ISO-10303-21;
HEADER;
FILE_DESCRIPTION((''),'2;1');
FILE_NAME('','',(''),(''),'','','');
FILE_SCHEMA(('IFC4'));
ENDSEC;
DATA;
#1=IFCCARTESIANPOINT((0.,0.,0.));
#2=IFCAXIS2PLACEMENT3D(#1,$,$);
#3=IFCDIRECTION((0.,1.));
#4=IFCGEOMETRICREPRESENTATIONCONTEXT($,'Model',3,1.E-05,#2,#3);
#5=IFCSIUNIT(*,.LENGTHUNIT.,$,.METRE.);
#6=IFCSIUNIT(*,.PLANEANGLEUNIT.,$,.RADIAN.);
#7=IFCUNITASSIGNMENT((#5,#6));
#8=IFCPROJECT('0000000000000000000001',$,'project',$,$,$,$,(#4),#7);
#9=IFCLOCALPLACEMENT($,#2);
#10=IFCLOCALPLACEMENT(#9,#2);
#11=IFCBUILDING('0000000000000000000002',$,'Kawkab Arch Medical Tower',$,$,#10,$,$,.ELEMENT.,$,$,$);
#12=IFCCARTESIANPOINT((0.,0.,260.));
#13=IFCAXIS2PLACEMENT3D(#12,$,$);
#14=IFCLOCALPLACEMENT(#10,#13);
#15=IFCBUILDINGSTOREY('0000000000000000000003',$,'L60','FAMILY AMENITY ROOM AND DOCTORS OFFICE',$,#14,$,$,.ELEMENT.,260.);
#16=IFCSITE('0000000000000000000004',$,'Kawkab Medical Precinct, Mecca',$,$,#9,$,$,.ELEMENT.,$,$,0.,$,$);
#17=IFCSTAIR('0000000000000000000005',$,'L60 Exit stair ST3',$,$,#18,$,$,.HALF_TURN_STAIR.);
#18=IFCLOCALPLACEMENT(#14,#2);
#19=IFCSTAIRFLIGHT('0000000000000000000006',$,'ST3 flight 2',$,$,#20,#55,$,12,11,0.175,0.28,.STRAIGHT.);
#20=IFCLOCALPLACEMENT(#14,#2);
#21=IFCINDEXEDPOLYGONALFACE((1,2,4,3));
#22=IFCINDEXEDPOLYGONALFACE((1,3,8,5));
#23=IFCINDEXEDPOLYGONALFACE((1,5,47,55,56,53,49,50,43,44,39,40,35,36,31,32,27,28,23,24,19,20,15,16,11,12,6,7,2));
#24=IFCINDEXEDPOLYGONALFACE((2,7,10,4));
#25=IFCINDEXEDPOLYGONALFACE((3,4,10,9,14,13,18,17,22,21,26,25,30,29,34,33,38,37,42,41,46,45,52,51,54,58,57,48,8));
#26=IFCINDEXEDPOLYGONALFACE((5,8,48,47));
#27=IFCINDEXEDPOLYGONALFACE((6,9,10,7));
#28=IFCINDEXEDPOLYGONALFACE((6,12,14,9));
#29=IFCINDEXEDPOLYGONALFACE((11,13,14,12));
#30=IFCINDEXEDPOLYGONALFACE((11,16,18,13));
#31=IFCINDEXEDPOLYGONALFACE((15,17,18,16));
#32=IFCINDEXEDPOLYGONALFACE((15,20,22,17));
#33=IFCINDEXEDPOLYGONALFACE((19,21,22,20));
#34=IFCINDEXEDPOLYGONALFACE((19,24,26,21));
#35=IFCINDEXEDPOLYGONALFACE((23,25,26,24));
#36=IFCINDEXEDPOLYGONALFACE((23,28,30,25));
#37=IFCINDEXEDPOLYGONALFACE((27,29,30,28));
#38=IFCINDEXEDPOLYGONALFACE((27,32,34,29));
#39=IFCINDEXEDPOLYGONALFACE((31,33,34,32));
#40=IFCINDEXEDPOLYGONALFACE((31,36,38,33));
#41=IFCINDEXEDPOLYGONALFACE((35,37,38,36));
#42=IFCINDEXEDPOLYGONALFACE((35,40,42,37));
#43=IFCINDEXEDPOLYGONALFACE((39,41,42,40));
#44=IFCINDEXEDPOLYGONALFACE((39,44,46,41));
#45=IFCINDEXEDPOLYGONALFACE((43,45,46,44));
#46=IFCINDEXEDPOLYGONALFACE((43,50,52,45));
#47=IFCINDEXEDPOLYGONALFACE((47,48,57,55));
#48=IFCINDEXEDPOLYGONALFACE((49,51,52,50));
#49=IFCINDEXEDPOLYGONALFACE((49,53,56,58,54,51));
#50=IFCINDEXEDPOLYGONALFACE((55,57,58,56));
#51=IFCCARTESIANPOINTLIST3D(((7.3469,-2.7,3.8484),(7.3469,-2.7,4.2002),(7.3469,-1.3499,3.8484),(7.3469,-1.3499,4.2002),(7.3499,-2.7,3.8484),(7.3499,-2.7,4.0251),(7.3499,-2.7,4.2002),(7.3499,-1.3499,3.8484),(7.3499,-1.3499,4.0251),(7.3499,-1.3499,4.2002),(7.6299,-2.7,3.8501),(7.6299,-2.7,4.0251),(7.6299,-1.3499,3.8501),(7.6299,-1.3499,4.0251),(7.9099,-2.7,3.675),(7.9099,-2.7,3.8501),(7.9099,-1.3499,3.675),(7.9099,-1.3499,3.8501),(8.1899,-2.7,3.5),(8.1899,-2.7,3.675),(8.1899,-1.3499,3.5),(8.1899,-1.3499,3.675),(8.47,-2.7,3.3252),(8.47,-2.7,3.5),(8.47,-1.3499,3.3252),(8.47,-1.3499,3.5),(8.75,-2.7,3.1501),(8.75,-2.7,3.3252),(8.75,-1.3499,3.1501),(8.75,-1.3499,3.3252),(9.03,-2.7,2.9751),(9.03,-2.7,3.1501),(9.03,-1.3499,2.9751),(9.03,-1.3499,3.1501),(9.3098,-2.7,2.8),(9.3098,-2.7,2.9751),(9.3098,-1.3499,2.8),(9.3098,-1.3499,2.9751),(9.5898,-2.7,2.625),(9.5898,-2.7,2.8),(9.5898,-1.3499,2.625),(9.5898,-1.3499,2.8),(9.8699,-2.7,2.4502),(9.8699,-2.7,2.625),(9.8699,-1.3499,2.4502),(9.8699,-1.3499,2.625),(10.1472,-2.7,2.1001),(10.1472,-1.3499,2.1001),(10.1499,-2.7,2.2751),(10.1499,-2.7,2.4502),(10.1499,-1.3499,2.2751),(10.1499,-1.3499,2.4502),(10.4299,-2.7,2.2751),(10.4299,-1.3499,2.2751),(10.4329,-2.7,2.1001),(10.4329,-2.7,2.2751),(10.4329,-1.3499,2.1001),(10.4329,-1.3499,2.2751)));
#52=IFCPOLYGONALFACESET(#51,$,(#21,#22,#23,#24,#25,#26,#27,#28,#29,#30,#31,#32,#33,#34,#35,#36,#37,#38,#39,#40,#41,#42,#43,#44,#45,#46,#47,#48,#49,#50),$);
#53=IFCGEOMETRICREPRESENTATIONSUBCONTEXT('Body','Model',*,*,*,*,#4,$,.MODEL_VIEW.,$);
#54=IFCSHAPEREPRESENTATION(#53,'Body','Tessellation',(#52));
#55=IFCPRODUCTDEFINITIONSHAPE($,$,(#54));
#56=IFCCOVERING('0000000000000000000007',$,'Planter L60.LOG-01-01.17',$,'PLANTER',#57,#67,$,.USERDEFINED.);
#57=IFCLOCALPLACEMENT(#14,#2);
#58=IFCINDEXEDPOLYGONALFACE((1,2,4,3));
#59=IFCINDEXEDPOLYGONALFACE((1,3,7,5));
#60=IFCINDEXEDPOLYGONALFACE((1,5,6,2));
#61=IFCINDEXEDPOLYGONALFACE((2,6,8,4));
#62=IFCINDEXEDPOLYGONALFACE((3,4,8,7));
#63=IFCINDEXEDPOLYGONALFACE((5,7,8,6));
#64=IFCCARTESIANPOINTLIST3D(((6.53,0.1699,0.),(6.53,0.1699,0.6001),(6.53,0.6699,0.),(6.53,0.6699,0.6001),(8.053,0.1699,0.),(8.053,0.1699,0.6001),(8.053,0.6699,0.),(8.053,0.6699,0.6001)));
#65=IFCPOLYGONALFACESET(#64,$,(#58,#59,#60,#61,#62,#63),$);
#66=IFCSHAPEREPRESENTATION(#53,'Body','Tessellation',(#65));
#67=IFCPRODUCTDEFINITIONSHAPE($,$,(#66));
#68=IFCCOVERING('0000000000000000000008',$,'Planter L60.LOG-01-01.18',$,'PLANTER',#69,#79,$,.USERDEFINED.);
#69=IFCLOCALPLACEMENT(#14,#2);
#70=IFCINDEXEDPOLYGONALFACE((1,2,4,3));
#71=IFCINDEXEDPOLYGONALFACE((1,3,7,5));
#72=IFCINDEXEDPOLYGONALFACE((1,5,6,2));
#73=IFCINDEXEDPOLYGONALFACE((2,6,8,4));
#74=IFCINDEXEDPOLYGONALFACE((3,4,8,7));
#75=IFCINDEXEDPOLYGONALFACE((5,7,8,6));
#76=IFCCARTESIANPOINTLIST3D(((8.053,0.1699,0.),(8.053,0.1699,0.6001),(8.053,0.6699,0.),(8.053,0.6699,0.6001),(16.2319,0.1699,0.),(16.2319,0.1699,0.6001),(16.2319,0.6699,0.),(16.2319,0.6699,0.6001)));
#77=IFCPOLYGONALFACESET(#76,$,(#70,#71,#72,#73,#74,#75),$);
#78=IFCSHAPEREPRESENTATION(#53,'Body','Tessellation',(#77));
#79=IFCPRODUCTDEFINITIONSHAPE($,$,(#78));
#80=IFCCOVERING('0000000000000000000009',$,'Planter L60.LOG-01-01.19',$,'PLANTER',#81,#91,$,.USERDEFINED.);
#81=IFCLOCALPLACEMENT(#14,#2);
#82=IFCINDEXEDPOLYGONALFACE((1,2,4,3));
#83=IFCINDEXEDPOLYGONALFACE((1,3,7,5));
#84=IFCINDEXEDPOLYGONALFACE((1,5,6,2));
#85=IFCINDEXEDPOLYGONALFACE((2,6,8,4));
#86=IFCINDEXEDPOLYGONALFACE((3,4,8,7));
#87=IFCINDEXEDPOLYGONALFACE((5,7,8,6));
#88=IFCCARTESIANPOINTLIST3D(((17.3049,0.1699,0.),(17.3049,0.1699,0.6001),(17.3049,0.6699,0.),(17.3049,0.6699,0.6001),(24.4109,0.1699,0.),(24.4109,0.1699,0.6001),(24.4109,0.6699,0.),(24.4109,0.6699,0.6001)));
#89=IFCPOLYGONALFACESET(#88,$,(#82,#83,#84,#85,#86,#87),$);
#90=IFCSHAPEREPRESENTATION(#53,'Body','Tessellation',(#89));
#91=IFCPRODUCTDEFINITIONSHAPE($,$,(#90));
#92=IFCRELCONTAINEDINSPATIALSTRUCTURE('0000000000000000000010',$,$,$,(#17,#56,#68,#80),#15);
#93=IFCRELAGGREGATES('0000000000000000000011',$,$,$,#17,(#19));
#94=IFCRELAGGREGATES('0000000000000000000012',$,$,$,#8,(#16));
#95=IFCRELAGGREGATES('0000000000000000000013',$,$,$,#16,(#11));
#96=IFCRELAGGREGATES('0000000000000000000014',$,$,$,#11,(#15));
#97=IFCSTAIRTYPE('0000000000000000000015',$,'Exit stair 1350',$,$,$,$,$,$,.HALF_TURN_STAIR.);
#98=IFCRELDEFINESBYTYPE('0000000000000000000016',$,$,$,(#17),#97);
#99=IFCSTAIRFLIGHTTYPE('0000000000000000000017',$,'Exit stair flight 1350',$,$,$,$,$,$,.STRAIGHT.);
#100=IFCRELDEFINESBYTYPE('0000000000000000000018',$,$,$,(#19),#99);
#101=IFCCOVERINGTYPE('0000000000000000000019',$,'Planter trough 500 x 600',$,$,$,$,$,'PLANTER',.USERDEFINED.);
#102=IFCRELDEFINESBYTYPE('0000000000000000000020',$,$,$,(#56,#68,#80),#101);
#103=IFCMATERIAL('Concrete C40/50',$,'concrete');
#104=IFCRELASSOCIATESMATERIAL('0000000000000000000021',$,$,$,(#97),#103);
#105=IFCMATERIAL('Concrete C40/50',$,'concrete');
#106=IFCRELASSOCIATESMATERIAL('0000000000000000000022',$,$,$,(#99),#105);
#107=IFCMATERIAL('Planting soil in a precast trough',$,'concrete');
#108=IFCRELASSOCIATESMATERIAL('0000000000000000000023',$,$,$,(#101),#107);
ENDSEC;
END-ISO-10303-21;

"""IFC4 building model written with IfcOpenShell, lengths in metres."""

from ifc_helpers import new_model, si_unit, direction, frame, origin, origin_2d, place, context, subcontext, project, spatial, polyline, rectangle, outline, extrude, material, material_profile, profile_set, type_object, element, aggregate, save


model = new_model("IFC4")

# Units and contexts
model_context = context("Model", 3, precision=1e-05, world=origin(), true_north=direction((0.0, 1.0)))
body_context = subcontext(model_context, "Body", "Model", "MODEL_VIEW")
ifc_project = project(units=[si_unit("LENGTHUNIT", "METRE"), si_unit("PLANEANGLEUNIT", "RADIAN")], contexts=[model_context])

# Site, building, storey
site_placement = place(None, origin())
site = spatial("IfcSite", under=ifc_project, at=site_placement, Name="Kawkab Medical Precinct, Mecca", CompositionType="ELEMENT", RefElevation=0.0)
building_placement = place(site_placement, origin())
building = spatial("IfcBuilding", under=site, at=building_placement, Name="Kawkab Arch Medical Tower", CompositionType="ELEMENT")
storey_placement = place(building_placement, frame((0.0, 0.0, 260.0)))
storey = spatial("IfcBuildingStorey", under=building, at=storey_placement, Name="L60", Description="FAMILY AMENITY ROOM AND DOCTORS OFFICE", CompositionType="ELEMENT", Elevation=260.0)

# Shared definitions
placement = place(storey_placement, origin())

# Stair, stair flight
ifc_material_1 = material(Name="Concrete C40/50", Category="concrete")
stair_type = type_object("IfcStairType", Name="Exit stair 1350", PredefinedType="HALF_TURN_STAIR", material=ifc_material_1)
stair = element("IfcStair", 1, at=placement, inside=storey, type_object=stair_type, Name="L60 Exit stair ST3", PredefinedType="HALF_TURN_STAIR")
ifc_material_2 = material(Name="Concrete C40/50", Category="concrete")
stair_flight_type = type_object("IfcStairFlightType", Name="Exit stair flight 1350", PredefinedType="STRAIGHT", material=ifc_material_2)
stair_flight_placement = place(storey_placement, frame((10.4299, -2.0249, 2.1001), z_axis=(0.0, 0.0, 1.0), x_axis=(-1.0, 0.0, 0.0)))
stair_flight = element("IfcStairFlight", 2, at=stair_flight_placement, type_object=stair_flight_type, Name="ST3 flight 2", NumberOfRisers=12, NumberOfTreads=11, PredefinedType="STRAIGHT", RiserHeight=0.175, TreadLength=0.28, context=body_context, shape_type="SweptSolid", body=[
    extrude(outline(polyline([(-0.0029, 0.0), (-0.0029, 0.175), (0.0, 0.175), (0.28, 0.175), (0.28, 0.3501), (0.5601, 0.3501), (0.5601, 0.5249), (0.8401, 0.5249), (0.8401, 0.7), (1.1201, 0.7), (1.1201, 0.875), (1.3999, 0.875), (1.3999, 1.05), (1.6799, 1.05), (1.6799, 1.2251), (1.96, 1.2251), (1.96, 1.3999), (2.24, 1.3999), (2.24, 1.575), (2.52, 1.575), (2.52, 1.75), (2.8, 1.75), (2.8, 1.925), (3.0801, 1.925), (3.0801, 2.1001), (3.083, 2.1001), (3.083, 1.7483), (3.0801, 1.7483), (0.2827, 0.0), (-0.0029, 0.0)])), frame((0.0, 0.675, 0.0), z_axis=(0.0, -1.0, 0.0), x_axis=(1.0, 0.0, 0.0)), (0.0, 0.0, 1.0), 1.3501),
])
aggregate(stair, [stair_flight])

# Coverings
ifc_material_3 = material(Name="Planting soil in a precast trough", Category="concrete")
ifc_material_profile_1 = material_profile(ifc_material_3, rectangle(XDim=0.5, YDim=0.6001, at=origin_2d()), Name="Trough 500x600")
ifc_profile_set_1 = profile_set([ifc_material_profile_1], Name="Planting soil in a precast trough")
covering_type = type_object("IfcCoveringType", Name="Planter trough 500 x 600", ElementType="PLANTER", PredefinedType="USERDEFINED", material=ifc_profile_set_1)
covering_1_placement = place(storey_placement, frame((6.53, 0.4199, 0.3), z_axis=(1.0, 0.0, 0.0), x_axis=(0.0, 1.0, 0.0)))
element("IfcCovering", 3, at=covering_1_placement, inside=storey, type_object=covering_type, Name="Planter L60.LOG-01-01.17", ObjectType="PLANTER", PredefinedType="USERDEFINED", context=body_context, shape_type="SweptSolid", body=[
    extrude(rectangle(XDim=0.5, YDim=0.6001, at=origin_2d()), origin(), (0.0, 0.0, 1.0), 1.5229),
])
covering_2_placement = place(storey_placement, frame((8.053, 0.4199, 0.3), z_axis=(1.0, 0.0, 0.0), x_axis=(0.0, 1.0, 0.0)))
element("IfcCovering", 4, at=covering_2_placement, inside=storey, type_object=covering_type, Name="Planter L60.LOG-01-01.18", ObjectType="PLANTER", PredefinedType="USERDEFINED", context=body_context, shape_type="SweptSolid", body=[
    extrude(rectangle(XDim=0.5, YDim=0.6001, at=origin_2d()), origin(), (0.0, 0.0, 1.0), 8.179),
])
covering_3_placement = place(storey_placement, frame((17.3049, 0.4199, 0.3), z_axis=(1.0, 0.0, 0.0), x_axis=(0.0, 1.0, 0.0)))
element("IfcCovering", 5, at=covering_3_placement, inside=storey, type_object=covering_type, Name="Planter L60.LOG-01-01.19", ObjectType="PLANTER", PredefinedType="USERDEFINED", context=body_context, shape_type="SweptSolid", body=[
    extrude(rectangle(XDim=0.5, YDim=0.6001, at=origin_2d()), origin(), (0.0, 0.0, 1.0), 7.106),
])

save(model, "model.ifc")
